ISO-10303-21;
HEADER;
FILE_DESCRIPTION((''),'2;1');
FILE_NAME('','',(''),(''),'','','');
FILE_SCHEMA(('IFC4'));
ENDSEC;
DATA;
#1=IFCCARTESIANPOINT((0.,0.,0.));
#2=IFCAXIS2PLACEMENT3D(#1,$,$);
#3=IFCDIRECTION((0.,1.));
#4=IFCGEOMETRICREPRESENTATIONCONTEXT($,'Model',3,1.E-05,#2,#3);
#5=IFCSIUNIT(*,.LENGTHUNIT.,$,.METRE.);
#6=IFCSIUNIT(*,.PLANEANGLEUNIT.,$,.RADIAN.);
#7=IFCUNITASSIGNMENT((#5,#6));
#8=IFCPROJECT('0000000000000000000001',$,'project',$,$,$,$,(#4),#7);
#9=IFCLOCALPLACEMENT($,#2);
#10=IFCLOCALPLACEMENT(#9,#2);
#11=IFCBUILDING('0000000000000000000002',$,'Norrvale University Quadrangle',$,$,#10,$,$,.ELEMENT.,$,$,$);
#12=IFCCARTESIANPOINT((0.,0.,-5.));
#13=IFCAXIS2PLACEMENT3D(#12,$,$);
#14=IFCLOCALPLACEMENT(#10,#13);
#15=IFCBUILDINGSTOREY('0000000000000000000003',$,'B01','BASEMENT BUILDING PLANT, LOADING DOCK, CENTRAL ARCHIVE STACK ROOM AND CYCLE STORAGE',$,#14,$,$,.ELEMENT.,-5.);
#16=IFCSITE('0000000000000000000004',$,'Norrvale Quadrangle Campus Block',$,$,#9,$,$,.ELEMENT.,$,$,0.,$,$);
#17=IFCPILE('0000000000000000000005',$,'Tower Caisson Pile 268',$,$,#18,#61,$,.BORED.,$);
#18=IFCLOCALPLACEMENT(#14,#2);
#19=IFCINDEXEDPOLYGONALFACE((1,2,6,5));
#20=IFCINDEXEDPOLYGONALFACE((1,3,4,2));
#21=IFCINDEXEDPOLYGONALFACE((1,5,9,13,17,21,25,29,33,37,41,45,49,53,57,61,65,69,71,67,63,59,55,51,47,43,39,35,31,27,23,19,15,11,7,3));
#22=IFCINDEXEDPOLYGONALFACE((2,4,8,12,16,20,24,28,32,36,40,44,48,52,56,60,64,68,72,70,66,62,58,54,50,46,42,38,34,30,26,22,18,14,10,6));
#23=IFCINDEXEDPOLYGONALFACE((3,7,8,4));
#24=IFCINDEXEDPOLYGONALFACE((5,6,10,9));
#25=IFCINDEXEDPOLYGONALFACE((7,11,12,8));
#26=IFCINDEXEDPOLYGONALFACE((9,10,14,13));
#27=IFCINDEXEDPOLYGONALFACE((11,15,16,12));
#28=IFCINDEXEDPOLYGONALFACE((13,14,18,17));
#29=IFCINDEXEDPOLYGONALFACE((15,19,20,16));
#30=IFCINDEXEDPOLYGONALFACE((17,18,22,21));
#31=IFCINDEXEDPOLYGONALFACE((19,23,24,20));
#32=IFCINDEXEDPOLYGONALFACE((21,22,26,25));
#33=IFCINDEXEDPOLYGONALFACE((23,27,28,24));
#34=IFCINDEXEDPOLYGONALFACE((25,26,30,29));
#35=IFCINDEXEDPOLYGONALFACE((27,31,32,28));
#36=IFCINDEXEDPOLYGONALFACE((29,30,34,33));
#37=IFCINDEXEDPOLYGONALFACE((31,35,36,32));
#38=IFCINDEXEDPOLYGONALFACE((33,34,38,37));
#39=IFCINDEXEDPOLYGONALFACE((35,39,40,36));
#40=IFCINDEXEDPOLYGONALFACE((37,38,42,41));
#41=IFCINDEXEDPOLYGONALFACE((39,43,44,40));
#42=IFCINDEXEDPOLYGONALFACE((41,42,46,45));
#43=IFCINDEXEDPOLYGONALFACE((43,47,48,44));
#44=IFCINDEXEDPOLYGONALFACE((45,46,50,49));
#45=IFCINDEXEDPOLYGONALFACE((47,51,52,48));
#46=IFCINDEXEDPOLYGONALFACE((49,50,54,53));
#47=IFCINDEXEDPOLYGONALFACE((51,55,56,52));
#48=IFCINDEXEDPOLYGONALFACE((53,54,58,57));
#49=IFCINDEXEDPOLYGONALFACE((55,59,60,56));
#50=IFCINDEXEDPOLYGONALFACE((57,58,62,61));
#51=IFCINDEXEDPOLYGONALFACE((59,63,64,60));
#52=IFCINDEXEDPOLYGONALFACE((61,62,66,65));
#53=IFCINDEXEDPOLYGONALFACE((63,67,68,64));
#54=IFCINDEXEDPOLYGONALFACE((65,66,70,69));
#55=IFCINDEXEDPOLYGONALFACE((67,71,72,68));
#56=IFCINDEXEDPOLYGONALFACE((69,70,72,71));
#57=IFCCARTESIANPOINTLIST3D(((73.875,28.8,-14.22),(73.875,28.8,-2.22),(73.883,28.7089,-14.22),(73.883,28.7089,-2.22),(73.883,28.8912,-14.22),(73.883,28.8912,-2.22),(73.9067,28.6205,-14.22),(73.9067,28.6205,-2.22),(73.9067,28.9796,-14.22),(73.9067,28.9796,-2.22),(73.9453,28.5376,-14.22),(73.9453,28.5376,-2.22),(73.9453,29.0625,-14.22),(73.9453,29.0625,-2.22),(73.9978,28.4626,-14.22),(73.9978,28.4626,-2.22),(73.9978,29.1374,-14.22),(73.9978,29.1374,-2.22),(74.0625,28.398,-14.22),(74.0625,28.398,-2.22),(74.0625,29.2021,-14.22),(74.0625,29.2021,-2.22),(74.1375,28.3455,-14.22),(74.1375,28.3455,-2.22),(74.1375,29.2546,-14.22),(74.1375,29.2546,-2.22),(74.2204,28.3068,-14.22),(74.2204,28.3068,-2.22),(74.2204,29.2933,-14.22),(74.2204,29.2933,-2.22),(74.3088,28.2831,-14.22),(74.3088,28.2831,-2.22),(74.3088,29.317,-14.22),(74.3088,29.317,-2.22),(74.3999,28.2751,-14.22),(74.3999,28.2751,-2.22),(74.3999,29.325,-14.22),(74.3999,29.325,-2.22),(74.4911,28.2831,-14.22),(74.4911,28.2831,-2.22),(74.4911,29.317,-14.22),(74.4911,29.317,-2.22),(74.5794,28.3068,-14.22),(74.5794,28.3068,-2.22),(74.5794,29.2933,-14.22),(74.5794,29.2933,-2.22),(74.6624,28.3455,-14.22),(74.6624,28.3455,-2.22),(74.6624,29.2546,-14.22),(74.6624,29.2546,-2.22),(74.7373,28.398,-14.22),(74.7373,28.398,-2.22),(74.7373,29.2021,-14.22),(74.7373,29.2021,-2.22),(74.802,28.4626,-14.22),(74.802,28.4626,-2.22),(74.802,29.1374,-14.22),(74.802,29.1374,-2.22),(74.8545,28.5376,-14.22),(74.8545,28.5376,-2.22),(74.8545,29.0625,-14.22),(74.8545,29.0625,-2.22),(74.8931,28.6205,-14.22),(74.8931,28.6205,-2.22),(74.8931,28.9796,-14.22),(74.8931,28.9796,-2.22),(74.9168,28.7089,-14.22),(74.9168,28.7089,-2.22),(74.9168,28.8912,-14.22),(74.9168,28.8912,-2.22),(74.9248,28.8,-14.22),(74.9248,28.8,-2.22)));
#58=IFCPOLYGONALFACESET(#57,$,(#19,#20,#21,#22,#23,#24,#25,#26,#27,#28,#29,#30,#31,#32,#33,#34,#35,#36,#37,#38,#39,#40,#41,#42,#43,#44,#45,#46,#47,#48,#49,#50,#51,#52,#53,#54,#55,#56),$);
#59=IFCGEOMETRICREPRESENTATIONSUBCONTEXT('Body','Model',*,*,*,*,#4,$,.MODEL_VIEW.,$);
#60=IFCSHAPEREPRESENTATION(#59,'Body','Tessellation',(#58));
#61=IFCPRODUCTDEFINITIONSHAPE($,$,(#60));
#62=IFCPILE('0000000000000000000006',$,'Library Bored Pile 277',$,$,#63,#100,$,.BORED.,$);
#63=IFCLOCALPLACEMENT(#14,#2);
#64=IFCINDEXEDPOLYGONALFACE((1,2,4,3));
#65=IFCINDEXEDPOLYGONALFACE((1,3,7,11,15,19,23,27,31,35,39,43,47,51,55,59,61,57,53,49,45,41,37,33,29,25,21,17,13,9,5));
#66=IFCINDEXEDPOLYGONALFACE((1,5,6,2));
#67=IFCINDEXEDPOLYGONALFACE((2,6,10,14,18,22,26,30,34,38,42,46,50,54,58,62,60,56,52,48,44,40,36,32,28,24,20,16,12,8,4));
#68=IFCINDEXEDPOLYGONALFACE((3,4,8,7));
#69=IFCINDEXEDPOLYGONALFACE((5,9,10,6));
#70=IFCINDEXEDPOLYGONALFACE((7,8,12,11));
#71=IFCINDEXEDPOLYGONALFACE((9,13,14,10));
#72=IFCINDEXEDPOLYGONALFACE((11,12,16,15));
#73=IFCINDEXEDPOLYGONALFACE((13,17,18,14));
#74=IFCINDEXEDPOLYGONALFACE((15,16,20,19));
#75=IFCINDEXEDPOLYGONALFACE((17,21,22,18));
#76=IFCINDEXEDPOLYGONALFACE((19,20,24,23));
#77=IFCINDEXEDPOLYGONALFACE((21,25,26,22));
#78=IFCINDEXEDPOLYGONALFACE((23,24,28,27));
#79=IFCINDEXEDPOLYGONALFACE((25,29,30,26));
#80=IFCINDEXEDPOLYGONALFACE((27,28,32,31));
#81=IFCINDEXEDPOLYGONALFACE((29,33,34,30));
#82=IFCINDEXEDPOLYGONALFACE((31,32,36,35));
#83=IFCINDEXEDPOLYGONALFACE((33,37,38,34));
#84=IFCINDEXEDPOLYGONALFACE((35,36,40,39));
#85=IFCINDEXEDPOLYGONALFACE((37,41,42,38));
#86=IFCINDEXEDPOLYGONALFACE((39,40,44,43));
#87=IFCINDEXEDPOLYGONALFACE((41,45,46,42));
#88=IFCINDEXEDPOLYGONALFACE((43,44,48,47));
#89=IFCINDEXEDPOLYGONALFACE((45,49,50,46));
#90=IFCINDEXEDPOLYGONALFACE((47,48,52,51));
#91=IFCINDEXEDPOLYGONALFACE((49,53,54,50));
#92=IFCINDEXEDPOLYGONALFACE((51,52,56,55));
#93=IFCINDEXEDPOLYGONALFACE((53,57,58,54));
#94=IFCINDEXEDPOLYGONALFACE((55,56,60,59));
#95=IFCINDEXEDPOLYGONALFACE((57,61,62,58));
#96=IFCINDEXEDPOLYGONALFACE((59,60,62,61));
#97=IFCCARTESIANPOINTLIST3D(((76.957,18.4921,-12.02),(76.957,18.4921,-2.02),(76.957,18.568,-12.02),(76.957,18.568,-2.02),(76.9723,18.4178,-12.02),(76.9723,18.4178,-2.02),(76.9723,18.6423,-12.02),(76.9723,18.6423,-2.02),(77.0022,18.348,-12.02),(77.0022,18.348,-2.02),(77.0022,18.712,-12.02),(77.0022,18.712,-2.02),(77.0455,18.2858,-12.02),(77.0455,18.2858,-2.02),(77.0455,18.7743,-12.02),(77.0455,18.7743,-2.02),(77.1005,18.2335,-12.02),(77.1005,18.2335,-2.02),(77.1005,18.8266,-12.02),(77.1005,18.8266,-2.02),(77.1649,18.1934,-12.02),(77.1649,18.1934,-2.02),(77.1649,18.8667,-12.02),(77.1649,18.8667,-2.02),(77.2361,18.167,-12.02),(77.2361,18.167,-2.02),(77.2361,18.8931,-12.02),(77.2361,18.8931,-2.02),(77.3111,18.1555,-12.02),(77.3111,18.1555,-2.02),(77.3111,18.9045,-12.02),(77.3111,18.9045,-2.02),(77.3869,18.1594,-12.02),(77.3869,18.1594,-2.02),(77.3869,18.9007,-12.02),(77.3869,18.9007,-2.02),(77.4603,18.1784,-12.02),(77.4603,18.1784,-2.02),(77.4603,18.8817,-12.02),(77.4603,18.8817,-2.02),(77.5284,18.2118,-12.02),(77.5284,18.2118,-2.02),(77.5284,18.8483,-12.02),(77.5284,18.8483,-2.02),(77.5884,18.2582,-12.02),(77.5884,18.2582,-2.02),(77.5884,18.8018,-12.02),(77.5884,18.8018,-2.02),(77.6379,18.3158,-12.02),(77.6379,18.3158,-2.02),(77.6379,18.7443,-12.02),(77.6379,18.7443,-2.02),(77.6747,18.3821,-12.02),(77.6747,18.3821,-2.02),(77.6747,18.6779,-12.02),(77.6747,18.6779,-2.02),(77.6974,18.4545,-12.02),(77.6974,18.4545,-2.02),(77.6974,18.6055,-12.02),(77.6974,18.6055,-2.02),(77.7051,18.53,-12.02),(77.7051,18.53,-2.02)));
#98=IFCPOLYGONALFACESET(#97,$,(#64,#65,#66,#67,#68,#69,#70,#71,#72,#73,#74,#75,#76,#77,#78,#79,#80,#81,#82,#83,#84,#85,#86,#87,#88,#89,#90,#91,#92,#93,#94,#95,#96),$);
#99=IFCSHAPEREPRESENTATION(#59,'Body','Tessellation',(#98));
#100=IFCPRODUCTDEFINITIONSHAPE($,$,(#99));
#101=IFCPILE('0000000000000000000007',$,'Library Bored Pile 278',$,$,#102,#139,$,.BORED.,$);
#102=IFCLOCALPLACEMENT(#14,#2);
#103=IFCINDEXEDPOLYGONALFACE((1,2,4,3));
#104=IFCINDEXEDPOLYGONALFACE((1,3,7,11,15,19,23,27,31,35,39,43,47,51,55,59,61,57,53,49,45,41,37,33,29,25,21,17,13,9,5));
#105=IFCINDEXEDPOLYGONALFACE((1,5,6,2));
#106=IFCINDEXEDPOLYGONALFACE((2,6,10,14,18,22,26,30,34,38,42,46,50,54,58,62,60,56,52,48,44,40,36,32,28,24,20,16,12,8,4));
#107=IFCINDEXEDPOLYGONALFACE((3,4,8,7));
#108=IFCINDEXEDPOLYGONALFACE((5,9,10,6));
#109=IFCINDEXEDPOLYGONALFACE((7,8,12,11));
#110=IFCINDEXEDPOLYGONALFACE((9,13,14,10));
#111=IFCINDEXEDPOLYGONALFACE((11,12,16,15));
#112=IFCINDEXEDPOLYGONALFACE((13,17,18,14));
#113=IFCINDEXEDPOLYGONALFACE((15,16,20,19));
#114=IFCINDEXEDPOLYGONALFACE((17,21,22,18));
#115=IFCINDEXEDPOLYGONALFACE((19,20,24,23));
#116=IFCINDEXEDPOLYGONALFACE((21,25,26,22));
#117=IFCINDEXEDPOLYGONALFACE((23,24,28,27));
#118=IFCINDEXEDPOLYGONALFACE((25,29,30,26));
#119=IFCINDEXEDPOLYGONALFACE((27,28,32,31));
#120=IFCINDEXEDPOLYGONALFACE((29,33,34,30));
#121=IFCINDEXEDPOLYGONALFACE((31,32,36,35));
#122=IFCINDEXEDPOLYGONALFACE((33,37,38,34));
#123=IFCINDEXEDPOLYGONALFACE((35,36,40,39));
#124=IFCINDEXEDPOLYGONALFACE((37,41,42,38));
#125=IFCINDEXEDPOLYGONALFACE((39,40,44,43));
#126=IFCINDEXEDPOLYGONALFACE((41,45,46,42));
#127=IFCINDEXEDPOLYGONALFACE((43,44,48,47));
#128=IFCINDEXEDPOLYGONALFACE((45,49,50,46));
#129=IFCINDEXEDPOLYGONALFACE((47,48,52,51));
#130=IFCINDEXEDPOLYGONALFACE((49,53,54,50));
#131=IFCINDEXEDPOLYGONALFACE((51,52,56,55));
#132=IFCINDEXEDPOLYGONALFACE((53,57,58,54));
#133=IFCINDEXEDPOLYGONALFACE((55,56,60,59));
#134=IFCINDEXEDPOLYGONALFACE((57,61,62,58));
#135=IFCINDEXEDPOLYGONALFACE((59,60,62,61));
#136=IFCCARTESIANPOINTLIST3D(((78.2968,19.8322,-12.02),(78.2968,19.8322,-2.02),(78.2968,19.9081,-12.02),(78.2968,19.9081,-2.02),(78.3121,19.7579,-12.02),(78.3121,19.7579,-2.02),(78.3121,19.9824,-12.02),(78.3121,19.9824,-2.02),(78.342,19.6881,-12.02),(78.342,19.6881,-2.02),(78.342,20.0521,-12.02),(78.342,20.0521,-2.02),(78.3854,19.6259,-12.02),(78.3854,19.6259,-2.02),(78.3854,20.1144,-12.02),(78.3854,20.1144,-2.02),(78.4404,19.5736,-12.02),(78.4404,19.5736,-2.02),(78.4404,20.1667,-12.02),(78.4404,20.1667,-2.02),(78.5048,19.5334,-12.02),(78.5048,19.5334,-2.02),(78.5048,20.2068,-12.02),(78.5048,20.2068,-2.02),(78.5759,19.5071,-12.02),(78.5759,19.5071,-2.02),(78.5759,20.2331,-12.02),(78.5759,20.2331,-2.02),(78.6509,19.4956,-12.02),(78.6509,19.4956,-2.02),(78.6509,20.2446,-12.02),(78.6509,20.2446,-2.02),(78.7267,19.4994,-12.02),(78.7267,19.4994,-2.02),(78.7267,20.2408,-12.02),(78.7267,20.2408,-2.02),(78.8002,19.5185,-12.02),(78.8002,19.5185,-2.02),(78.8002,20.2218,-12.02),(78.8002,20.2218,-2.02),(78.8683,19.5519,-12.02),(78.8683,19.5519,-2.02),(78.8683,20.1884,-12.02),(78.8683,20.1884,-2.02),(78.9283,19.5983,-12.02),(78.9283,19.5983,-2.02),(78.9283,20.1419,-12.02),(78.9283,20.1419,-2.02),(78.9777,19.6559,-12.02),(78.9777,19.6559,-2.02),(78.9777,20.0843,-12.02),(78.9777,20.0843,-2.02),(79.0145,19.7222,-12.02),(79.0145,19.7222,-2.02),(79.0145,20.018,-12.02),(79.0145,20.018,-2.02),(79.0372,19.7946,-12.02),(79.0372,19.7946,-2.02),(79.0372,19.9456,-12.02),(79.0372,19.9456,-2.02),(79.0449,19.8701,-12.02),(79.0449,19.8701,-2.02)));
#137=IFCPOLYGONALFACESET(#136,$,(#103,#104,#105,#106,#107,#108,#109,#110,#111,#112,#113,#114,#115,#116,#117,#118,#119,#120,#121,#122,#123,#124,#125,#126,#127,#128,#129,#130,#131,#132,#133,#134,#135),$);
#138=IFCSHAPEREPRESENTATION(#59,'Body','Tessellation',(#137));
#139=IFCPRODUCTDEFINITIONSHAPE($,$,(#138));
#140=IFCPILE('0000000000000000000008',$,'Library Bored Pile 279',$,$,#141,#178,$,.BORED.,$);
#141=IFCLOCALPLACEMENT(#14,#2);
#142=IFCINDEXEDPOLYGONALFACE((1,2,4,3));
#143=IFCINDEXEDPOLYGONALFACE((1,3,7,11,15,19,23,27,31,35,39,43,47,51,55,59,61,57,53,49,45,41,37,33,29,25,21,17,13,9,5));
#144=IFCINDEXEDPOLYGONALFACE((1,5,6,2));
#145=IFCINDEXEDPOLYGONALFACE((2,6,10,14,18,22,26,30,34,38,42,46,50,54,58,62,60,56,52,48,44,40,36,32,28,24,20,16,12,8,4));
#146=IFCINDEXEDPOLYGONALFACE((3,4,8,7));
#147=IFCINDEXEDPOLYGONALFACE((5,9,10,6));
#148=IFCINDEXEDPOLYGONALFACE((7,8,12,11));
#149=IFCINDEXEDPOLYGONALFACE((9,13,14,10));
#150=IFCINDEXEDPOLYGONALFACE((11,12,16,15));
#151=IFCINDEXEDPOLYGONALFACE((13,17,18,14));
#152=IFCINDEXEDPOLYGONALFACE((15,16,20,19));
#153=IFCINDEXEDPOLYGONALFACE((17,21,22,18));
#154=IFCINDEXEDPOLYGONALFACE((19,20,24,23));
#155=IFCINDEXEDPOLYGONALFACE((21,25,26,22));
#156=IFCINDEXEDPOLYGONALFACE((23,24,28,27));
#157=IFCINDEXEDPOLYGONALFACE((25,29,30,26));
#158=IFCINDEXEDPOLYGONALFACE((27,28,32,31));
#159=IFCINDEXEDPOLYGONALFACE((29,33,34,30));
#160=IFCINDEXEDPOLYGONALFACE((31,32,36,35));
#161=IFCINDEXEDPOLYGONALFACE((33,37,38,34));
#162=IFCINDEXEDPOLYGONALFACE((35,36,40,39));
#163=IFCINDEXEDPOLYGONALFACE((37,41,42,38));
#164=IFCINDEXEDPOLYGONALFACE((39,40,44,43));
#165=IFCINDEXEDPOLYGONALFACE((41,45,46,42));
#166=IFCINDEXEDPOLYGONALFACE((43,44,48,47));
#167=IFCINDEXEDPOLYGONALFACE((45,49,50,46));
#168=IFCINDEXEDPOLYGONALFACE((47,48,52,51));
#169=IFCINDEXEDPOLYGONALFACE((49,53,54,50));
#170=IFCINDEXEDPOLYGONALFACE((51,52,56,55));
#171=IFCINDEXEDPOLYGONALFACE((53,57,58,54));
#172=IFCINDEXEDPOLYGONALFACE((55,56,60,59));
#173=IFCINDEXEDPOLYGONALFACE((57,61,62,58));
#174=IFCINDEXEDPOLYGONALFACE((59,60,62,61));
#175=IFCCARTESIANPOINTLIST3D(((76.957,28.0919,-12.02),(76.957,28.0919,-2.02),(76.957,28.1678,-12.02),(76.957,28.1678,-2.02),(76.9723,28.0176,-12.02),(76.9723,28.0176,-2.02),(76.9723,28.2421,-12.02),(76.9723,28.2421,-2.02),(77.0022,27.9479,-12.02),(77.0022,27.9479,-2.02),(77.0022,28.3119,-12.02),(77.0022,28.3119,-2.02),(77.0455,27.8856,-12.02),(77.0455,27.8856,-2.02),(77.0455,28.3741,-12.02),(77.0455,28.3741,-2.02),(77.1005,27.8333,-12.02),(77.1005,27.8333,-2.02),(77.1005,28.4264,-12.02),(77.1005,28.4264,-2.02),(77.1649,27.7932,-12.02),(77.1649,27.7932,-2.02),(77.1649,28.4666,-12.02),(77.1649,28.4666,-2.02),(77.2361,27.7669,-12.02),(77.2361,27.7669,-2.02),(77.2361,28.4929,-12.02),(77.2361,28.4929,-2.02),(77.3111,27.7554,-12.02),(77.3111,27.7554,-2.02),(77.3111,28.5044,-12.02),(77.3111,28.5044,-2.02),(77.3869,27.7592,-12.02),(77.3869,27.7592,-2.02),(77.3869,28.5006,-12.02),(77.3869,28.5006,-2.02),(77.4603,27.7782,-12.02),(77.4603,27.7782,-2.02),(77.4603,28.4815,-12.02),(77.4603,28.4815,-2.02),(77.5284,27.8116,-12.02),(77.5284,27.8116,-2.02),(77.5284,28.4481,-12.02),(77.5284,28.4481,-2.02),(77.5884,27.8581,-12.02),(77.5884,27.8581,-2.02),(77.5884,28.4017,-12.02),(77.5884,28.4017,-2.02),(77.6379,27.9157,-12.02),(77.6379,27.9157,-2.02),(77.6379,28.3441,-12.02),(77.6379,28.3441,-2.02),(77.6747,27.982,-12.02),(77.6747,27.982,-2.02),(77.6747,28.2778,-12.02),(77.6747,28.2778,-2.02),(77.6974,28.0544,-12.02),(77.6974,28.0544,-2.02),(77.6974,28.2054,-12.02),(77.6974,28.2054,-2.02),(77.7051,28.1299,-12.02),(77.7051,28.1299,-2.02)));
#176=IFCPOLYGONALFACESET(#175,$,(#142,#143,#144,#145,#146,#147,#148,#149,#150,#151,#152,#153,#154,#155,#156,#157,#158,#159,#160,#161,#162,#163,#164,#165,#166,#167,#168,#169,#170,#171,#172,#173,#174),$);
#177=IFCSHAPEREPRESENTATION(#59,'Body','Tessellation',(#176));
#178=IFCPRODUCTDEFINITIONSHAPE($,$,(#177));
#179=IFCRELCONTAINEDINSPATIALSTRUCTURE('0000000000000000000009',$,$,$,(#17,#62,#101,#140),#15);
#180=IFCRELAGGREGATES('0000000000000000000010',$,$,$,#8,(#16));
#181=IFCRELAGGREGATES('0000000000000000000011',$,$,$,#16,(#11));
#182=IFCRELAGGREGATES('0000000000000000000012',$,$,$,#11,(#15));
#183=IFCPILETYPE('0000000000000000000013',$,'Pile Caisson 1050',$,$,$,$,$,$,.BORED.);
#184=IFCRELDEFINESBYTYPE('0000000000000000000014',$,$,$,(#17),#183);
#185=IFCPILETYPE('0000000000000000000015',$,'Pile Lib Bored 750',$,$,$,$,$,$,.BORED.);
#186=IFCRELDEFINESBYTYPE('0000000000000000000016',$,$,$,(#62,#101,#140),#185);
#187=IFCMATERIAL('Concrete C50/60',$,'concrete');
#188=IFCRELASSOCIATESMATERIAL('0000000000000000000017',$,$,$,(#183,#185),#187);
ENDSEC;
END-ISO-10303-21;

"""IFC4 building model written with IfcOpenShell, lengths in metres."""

from ifc_helpers import new_model, si_unit, direction, frame, origin, origin_2d, place, context, subcontext, project, spatial, circle, extrude, material, material_profile, profile_set, type_object, element, save


model = new_model("IFC4")

# Units and contexts
model_context = context("Model", 3, precision=1e-05, world=origin(), true_north=direction((0.0, 1.0)))
body_context = subcontext(model_context, "Body", "Model", "MODEL_VIEW")
ifc_project = project(units=[si_unit("LENGTHUNIT", "METRE"), si_unit("PLANEANGLEUNIT", "RADIAN")], contexts=[model_context])

# Site, building, storey
site_placement = place(None, origin())
site = spatial("IfcSite", under=ifc_project, at=site_placement, Name="Norrvale Quadrangle Campus Block", CompositionType="ELEMENT", RefElevation=0.0)
building_placement = place(site_placement, origin())
building = spatial("IfcBuilding", under=site, at=building_placement, Name="Norrvale University Quadrangle", CompositionType="ELEMENT")
storey_placement = place(building_placement, frame((0.0, 0.0, -5.0)))
storey = spatial("IfcBuildingStorey", under=building, at=storey_placement, Name="B01", Description="BASEMENT BUILDING PLANT, LOADING DOCK, CENTRAL ARCHIVE STACK ROOM AND CYCLE STORAGE", CompositionType="ELEMENT", Elevation=-5.0)

# Shared definitions
ifc_material_1 = material(Name="Concrete C50/60", Category="concrete")

# Piles
ifc_material_profile_1 = material_profile(ifc_material_1, circle(Radius=0.5249, at=origin_2d()), Name="Concrete C50/60")
ifc_profile_set_1 = profile_set([ifc_material_profile_1], Name="Concrete C50/60")
pile_type_1 = type_object("IfcPileType", Name="Pile Caisson 1050", PredefinedType="BORED", material=ifc_profile_set_1)
for number, where, z_axis, x_axis, name in (
    (1, (74.3999, 28.8, -2.22), (0.0, 0.0, -1.0), (1.0, 0.0, 0.0), "Tower Caisson Pile 268"),
):
    element("IfcPile", number, at=place(storey_placement, frame(where, z_axis=z_axis, x_axis=x_axis)), inside=storey, type_object=pile_type_1, Name=name, PredefinedType="BORED", context=body_context, shape_type="SweptSolid", body=[
        extrude(circle(Radius=0.5249, at=origin_2d()), origin(), (0.0, 0.0, 1.0), 12.0),
    ])
ifc_material_profile_2 = material_profile(ifc_material_1, circle(Radius=0.375, at=origin_2d()), Name="Concrete C50/60")
ifc_profile_set_2 = profile_set([ifc_material_profile_2], Name="Concrete C50/60")
pile_type_2 = type_object("IfcPileType", Name="Pile Lib Bored 750", PredefinedType="BORED", material=ifc_profile_set_2)
for number, where, z_axis, x_axis, name in (
    (2, (77.3301, 18.53, -2.02), (0.0, 0.0, -1.0), (1.0, 0.0, 0.0), "Library Bored Pile 277"),
    (3, (78.6699, 19.8701, -2.02), (0.0, 0.0, -1.0), (1.0, 0.0, 0.0), "Library Bored Pile 278"),
    (4, (77.3301, 28.1299, -2.02), (0.0, 0.0, -1.0), (1.0, 0.0, 0.0), "Library Bored Pile 279"),
):
    element("IfcPile", number, at=place(storey_placement, frame(where, z_axis=z_axis, x_axis=x_axis)), inside=storey, type_object=pile_type_2, Name=name, PredefinedType="BORED", context=body_context, shape_type="SweptSolid", body=[
        extrude(circle(Radius=0.375, at=origin_2d()), origin(), (0.0, 0.0, 1.0), 10.0),
    ])

save(model, "model.ifc")
